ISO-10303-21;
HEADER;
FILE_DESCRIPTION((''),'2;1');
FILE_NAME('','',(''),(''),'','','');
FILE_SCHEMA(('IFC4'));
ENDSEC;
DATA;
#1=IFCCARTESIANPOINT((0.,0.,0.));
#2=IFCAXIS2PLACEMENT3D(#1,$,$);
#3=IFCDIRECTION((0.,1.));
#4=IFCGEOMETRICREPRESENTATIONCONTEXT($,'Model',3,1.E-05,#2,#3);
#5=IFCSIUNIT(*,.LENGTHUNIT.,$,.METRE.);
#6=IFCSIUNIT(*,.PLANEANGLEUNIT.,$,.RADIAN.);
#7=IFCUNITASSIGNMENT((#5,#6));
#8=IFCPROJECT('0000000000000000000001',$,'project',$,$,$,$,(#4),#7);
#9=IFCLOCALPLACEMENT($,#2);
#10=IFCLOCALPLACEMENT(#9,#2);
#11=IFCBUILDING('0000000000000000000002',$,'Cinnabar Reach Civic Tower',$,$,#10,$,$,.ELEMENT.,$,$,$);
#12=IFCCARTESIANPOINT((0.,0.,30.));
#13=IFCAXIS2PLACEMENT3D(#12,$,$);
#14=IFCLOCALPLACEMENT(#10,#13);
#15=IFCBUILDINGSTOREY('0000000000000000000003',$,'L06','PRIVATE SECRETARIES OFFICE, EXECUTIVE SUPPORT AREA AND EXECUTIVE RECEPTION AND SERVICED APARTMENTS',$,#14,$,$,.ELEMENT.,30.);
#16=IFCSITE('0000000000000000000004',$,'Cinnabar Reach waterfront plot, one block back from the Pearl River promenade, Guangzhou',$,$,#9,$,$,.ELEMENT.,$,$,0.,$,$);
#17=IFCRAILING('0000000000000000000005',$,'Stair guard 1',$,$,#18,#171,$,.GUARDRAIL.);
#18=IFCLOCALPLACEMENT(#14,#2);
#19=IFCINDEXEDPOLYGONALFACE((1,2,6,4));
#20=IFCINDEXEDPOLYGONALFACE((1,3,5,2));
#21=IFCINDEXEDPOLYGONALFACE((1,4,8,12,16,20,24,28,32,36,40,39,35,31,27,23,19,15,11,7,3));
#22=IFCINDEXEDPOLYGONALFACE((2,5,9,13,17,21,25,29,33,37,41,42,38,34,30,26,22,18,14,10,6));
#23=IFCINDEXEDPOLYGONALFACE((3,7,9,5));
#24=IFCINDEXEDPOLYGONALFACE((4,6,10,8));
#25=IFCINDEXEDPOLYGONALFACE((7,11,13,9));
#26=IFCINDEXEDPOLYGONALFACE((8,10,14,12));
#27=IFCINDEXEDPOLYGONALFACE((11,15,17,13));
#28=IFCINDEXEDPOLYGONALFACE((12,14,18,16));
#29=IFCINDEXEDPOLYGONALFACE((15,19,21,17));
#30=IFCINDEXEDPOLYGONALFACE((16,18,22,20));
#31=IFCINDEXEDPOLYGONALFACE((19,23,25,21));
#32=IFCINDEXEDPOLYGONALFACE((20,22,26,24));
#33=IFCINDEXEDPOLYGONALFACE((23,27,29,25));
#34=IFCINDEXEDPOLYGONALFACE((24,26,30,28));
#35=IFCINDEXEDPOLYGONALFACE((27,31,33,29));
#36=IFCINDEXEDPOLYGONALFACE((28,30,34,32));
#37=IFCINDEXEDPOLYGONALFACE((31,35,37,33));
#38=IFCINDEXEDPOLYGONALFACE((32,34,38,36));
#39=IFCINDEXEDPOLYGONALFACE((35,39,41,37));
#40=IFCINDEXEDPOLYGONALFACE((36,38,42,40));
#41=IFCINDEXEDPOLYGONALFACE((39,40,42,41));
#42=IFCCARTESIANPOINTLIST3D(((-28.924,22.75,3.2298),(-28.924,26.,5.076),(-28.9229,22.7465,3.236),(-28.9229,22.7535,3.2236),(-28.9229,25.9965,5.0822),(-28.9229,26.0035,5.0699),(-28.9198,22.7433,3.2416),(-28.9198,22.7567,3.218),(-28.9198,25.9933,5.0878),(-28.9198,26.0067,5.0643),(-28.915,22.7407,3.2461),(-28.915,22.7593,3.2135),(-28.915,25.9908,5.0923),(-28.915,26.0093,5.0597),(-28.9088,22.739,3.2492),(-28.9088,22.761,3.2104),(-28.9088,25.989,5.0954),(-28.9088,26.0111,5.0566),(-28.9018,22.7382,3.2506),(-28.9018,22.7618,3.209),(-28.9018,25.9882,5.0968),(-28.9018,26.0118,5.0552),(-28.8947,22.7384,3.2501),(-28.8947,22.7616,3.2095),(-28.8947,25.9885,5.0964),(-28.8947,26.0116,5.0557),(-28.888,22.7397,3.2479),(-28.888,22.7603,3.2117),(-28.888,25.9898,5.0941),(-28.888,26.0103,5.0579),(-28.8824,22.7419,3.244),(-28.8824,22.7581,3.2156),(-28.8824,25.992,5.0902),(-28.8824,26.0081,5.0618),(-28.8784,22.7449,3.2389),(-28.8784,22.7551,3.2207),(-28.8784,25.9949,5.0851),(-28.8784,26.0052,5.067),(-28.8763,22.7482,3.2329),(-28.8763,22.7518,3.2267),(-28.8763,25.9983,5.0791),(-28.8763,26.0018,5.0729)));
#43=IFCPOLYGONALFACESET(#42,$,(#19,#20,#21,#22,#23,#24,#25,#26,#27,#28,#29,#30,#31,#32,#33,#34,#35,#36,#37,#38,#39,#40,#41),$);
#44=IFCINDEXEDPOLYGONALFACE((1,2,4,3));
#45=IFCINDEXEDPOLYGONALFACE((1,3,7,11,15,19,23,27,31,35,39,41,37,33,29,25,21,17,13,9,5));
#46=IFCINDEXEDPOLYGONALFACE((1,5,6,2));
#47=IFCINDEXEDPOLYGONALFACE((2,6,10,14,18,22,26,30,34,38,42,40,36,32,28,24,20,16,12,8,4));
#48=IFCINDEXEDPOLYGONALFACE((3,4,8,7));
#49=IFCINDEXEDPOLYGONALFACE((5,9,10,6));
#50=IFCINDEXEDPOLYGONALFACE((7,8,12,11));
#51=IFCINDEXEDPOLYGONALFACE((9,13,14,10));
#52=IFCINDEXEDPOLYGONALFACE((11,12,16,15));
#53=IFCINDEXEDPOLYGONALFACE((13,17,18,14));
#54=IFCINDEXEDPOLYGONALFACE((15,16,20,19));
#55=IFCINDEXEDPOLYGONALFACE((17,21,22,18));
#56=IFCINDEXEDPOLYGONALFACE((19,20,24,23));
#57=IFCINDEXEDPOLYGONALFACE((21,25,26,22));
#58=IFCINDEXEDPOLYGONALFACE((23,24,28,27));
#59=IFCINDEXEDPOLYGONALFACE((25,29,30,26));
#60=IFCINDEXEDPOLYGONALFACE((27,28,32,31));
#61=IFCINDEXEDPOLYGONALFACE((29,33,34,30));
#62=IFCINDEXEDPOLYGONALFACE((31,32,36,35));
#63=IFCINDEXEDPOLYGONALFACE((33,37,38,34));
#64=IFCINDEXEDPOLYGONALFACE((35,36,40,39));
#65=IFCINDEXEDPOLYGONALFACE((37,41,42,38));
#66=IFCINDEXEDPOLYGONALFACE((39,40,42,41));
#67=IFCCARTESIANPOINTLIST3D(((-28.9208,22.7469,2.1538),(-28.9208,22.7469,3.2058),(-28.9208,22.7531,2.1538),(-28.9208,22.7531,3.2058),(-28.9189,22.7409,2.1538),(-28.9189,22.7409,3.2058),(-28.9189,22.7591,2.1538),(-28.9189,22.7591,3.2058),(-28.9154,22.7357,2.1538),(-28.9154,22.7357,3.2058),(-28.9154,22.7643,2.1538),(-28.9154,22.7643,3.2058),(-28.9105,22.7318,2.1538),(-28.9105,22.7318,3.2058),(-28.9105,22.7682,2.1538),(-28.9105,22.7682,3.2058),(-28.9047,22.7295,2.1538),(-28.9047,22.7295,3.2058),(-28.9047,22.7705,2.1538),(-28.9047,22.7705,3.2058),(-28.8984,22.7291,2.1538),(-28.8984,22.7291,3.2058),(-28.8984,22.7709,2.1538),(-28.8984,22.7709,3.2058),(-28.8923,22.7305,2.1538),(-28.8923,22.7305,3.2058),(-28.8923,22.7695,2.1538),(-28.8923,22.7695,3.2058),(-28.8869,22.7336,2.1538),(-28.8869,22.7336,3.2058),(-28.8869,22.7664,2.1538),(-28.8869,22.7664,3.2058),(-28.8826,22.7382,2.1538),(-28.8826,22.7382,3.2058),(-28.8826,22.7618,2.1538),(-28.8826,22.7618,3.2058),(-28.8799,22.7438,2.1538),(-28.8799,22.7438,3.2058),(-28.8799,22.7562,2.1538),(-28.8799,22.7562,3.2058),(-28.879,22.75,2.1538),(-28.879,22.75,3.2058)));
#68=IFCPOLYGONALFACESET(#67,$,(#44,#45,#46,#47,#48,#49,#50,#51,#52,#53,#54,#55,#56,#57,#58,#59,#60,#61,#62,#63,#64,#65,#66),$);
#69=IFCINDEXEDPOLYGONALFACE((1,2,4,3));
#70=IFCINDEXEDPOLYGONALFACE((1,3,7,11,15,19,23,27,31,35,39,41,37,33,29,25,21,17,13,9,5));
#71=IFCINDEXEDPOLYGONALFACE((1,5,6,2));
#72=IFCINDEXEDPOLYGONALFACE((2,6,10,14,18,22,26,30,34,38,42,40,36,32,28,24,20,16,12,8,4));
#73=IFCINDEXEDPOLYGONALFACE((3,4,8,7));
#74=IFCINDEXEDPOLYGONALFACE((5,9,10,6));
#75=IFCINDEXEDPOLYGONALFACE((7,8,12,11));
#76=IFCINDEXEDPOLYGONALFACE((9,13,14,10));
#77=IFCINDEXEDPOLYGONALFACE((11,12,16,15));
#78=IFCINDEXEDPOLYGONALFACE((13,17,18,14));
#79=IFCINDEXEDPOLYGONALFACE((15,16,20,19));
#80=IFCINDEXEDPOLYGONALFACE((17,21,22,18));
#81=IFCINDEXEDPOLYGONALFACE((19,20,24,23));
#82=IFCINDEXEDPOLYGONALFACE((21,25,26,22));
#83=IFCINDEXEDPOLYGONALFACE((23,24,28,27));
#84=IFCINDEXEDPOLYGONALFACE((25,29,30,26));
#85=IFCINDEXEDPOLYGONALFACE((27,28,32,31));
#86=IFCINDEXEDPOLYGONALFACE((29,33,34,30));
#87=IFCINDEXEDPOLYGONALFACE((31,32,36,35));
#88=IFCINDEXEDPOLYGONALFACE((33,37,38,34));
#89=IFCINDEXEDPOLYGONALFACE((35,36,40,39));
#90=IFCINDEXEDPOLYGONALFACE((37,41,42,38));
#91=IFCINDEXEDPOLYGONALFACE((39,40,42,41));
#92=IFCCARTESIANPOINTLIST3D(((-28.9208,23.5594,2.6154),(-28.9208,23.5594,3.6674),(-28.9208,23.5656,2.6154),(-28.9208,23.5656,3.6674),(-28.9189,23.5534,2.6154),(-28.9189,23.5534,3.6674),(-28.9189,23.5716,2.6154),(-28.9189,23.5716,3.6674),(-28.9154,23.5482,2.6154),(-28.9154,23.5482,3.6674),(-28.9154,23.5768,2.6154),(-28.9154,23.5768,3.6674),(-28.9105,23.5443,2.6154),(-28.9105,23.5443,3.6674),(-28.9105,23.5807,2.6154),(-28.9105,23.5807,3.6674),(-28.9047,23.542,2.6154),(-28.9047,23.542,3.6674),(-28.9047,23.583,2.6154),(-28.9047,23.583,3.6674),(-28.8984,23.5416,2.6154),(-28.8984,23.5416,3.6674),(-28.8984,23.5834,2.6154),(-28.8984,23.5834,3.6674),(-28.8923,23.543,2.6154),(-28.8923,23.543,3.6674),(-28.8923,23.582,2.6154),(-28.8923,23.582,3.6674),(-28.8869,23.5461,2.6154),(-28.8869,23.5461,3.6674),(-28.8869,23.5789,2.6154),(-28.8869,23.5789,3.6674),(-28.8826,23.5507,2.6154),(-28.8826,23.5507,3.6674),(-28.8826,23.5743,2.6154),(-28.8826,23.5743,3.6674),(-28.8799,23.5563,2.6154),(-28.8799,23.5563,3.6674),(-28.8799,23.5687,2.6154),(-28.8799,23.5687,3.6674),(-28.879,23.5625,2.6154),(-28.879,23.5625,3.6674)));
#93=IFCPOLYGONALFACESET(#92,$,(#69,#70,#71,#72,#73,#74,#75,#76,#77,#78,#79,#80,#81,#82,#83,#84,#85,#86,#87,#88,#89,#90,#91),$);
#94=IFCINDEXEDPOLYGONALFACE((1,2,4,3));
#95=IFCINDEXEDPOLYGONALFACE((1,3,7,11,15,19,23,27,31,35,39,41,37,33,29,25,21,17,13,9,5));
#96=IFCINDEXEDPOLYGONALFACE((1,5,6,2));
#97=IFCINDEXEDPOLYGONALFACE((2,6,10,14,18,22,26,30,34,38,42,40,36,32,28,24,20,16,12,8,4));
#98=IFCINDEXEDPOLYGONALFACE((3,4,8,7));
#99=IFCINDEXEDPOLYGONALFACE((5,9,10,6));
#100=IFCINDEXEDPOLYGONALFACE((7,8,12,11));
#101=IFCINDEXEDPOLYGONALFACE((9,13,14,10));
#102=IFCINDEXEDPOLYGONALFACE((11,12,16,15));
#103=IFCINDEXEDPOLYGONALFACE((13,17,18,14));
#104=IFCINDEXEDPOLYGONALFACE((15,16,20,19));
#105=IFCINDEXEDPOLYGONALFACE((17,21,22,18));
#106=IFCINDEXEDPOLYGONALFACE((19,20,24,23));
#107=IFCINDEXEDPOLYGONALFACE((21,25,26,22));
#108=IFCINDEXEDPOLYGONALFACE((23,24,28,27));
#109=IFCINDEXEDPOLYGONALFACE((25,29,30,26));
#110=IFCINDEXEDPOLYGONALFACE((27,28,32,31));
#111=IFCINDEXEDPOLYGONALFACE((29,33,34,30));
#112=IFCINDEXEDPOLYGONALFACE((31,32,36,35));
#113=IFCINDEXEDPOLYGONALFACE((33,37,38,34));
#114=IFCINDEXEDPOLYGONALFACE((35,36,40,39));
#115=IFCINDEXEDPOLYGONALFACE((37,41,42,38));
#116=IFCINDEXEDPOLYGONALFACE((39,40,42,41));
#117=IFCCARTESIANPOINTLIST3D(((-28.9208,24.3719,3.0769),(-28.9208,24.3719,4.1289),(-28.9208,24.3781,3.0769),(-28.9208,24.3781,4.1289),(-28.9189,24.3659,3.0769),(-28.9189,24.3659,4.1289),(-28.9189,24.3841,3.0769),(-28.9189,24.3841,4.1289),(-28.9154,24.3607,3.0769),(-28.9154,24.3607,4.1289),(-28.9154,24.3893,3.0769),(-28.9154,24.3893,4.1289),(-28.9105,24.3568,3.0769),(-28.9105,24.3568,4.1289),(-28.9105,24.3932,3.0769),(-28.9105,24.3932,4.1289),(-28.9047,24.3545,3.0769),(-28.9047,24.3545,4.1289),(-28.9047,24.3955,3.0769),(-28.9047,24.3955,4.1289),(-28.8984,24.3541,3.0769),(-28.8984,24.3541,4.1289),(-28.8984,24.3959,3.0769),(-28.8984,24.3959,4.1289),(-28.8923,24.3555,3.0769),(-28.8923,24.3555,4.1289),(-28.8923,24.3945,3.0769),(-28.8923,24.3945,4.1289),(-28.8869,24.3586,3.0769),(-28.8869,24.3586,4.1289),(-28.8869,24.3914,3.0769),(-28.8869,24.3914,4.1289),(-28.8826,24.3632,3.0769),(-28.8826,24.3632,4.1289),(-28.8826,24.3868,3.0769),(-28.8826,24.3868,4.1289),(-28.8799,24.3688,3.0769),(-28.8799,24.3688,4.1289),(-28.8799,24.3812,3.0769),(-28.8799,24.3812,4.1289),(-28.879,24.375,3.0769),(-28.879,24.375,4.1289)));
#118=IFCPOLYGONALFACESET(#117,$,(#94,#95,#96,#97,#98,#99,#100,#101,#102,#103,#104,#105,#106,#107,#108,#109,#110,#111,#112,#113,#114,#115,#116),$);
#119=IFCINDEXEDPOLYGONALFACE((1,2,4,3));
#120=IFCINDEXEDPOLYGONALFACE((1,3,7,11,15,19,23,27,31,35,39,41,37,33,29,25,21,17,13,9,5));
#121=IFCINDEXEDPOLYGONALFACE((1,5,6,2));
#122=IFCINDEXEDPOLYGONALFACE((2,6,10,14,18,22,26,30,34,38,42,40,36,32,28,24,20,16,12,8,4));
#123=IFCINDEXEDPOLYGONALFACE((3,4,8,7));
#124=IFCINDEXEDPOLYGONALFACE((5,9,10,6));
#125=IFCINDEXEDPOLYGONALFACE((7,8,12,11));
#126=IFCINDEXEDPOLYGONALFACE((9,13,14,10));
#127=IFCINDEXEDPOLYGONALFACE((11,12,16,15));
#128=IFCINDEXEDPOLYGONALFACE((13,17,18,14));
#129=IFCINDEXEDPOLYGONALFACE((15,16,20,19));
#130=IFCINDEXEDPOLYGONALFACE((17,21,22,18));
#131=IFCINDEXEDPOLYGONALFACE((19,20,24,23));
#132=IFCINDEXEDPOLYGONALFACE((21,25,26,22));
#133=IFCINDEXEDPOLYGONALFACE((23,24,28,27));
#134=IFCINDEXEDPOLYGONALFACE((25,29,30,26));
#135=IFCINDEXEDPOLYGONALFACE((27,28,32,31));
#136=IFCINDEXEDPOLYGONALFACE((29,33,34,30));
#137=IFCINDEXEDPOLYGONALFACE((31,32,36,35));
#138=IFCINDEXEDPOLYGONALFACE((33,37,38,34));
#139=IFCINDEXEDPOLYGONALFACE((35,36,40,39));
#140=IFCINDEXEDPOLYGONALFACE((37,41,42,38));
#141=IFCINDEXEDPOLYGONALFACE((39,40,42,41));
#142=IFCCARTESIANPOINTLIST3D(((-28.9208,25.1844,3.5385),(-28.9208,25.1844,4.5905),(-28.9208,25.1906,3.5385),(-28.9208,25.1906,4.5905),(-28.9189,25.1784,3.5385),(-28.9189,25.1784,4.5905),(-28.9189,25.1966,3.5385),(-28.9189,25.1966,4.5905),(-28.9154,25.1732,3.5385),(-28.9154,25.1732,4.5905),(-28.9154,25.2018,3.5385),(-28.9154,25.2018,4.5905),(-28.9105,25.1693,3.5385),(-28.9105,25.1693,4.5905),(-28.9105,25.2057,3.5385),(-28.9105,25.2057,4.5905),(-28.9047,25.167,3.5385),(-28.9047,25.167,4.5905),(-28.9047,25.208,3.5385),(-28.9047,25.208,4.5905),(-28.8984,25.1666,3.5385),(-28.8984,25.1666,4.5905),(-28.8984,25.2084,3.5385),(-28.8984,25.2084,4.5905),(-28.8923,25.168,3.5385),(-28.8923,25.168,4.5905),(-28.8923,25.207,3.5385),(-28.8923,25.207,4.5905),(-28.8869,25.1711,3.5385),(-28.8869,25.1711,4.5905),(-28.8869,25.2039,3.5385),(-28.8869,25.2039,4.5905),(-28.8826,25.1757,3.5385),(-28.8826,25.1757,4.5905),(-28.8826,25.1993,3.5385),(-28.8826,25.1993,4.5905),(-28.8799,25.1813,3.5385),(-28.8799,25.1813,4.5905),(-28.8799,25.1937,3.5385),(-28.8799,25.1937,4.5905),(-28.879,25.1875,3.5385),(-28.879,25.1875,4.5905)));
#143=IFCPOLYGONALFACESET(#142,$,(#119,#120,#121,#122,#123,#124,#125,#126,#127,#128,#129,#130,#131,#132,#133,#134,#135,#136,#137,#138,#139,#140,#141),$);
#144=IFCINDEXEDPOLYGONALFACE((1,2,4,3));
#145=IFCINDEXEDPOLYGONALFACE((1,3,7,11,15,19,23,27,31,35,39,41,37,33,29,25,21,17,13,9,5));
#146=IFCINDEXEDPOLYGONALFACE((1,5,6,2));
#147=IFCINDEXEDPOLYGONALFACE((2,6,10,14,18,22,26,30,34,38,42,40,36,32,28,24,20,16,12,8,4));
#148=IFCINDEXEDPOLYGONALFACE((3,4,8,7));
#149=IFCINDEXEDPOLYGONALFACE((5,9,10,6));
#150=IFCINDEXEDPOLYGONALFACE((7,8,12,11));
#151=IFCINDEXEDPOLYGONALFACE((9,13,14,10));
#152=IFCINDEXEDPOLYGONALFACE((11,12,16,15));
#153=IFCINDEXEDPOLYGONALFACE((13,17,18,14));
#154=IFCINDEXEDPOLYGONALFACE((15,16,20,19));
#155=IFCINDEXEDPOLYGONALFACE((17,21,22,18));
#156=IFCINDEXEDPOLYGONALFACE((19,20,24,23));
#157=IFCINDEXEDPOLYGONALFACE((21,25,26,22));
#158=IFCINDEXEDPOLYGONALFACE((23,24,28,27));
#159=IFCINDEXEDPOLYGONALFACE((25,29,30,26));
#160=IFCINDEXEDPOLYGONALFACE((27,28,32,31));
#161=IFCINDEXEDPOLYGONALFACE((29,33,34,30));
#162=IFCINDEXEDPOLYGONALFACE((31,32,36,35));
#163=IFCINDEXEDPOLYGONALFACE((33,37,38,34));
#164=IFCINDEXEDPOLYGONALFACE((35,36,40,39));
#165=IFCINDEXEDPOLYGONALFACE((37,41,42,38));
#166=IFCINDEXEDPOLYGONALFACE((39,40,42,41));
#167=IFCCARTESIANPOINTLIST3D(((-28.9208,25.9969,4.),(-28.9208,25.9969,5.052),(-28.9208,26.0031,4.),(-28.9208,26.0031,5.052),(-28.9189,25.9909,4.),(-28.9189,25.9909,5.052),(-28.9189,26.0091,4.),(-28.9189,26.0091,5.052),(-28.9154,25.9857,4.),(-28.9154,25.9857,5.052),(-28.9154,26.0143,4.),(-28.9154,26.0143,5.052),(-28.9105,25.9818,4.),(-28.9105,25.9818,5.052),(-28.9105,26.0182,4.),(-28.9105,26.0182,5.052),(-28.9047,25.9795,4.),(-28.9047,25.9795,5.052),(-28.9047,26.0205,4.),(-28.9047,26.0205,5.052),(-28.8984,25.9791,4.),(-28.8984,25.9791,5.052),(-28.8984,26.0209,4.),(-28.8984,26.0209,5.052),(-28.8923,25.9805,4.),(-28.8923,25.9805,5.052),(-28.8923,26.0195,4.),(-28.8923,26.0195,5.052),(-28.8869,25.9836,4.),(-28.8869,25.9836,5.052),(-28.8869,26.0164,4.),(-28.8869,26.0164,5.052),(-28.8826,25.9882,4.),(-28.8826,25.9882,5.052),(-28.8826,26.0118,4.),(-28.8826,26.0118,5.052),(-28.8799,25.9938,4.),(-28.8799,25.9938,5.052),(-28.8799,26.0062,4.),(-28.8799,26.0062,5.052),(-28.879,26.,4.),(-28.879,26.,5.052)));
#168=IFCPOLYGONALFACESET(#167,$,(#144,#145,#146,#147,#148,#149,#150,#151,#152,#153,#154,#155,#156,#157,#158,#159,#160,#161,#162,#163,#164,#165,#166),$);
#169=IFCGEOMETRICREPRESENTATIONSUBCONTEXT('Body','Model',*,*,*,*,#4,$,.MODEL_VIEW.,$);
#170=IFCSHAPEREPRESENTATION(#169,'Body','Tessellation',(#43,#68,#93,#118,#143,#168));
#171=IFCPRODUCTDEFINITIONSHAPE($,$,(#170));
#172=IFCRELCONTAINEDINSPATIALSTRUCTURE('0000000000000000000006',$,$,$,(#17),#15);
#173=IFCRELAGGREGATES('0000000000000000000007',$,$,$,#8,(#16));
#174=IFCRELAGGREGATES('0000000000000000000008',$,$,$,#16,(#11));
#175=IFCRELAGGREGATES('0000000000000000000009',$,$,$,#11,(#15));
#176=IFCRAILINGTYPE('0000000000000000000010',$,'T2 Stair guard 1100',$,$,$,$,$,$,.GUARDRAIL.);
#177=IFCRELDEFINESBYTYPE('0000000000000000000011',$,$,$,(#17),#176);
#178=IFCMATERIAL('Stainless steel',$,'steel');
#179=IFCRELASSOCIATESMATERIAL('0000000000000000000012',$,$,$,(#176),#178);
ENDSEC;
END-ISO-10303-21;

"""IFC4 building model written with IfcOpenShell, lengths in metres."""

from ifc_helpers import new_model, si_unit, direction, frame, origin, origin_2d, place, context, subcontext, project, spatial, circle, extrude, material, type_object, element, save


model = new_model("IFC4")

# Units and contexts
model_context = context("Model", 3, precision=1e-05, world=origin(), true_north=direction((0.0, 1.0)))
body_context = subcontext(model_context, "Body", "Model", "MODEL_VIEW")
ifc_project = project(units=[si_unit("LENGTHUNIT", "METRE"), si_unit("PLANEANGLEUNIT", "RADIAN")], contexts=[model_context])

# Site, building, storey
site_placement = place(None, origin())
site = spatial("IfcSite", under=ifc_project, at=site_placement, Name="Cinnabar Reach waterfront plot, one block back from the Pearl River promenade, Guangzhou", CompositionType="ELEMENT", RefElevation=0.0)
building_placement = place(site_placement, origin())
building = spatial("IfcBuilding", under=site, at=building_placement, Name="Cinnabar Reach Civic Tower", CompositionType="ELEMENT")
storey_placement = place(building_placement, frame((0.0, 0.0, 30.0)))
storey = spatial("IfcBuildingStorey", under=building, at=storey_placement, Name="L06", Description="PRIVATE SECRETARIES OFFICE, EXECUTIVE SUPPORT AREA AND EXECUTIVE RECEPTION AND SERVICED APARTMENTS", CompositionType="ELEMENT", Elevation=30.0)

# Railing
ifc_material_1 = material(Name="Stainless steel", Category="steel")
railing_type = type_object("IfcRailingType", Name="T2 Stair guard 1100", PredefinedType="GUARDRAIL", material=ifc_material_1)
railing_placement = place(storey_placement, frame((-28.9, 22.75, 2.1538)))
element("IfcRailing", 1, at=railing_placement, inside=storey, type_object=railing_type, Name="Stair guard 1", PredefinedType="GUARDRAIL", context=body_context, shape_type="SweptSolid", body=[
    extrude(circle(Radius=0.024, at=origin_2d()), frame((0.0, 0.0, 1.076), z_axis=(0.0, 0.869501, 0.49393), x_axis=(-1.0, 0.0, 0.0)), (0.0, 0.0, 1.0), 3.7378),
    extrude(circle(Radius=0.021, at=origin_2d()), origin(), (0.0, 0.0, 1.0), 1.052),
    extrude(circle(Radius=0.021, at=origin_2d()), frame((0.0, 0.8125, 0.4616)), (0.0, 0.0, 1.0), 1.052),
    extrude(circle(Radius=0.021, at=origin_2d()), frame((0.0, 1.625, 0.9231)), (0.0, 0.0, 1.0), 1.052),
    extrude(circle(Radius=0.021, at=origin_2d()), frame((0.0, 2.4375, 1.3847)), (0.0, 0.0, 1.0), 1.052),
    extrude(circle(Radius=0.021, at=origin_2d()), frame((0.0, 3.25, 1.8462)), (0.0, 0.0, 1.0), 1.052),
])

save(model, "model.ifc")
